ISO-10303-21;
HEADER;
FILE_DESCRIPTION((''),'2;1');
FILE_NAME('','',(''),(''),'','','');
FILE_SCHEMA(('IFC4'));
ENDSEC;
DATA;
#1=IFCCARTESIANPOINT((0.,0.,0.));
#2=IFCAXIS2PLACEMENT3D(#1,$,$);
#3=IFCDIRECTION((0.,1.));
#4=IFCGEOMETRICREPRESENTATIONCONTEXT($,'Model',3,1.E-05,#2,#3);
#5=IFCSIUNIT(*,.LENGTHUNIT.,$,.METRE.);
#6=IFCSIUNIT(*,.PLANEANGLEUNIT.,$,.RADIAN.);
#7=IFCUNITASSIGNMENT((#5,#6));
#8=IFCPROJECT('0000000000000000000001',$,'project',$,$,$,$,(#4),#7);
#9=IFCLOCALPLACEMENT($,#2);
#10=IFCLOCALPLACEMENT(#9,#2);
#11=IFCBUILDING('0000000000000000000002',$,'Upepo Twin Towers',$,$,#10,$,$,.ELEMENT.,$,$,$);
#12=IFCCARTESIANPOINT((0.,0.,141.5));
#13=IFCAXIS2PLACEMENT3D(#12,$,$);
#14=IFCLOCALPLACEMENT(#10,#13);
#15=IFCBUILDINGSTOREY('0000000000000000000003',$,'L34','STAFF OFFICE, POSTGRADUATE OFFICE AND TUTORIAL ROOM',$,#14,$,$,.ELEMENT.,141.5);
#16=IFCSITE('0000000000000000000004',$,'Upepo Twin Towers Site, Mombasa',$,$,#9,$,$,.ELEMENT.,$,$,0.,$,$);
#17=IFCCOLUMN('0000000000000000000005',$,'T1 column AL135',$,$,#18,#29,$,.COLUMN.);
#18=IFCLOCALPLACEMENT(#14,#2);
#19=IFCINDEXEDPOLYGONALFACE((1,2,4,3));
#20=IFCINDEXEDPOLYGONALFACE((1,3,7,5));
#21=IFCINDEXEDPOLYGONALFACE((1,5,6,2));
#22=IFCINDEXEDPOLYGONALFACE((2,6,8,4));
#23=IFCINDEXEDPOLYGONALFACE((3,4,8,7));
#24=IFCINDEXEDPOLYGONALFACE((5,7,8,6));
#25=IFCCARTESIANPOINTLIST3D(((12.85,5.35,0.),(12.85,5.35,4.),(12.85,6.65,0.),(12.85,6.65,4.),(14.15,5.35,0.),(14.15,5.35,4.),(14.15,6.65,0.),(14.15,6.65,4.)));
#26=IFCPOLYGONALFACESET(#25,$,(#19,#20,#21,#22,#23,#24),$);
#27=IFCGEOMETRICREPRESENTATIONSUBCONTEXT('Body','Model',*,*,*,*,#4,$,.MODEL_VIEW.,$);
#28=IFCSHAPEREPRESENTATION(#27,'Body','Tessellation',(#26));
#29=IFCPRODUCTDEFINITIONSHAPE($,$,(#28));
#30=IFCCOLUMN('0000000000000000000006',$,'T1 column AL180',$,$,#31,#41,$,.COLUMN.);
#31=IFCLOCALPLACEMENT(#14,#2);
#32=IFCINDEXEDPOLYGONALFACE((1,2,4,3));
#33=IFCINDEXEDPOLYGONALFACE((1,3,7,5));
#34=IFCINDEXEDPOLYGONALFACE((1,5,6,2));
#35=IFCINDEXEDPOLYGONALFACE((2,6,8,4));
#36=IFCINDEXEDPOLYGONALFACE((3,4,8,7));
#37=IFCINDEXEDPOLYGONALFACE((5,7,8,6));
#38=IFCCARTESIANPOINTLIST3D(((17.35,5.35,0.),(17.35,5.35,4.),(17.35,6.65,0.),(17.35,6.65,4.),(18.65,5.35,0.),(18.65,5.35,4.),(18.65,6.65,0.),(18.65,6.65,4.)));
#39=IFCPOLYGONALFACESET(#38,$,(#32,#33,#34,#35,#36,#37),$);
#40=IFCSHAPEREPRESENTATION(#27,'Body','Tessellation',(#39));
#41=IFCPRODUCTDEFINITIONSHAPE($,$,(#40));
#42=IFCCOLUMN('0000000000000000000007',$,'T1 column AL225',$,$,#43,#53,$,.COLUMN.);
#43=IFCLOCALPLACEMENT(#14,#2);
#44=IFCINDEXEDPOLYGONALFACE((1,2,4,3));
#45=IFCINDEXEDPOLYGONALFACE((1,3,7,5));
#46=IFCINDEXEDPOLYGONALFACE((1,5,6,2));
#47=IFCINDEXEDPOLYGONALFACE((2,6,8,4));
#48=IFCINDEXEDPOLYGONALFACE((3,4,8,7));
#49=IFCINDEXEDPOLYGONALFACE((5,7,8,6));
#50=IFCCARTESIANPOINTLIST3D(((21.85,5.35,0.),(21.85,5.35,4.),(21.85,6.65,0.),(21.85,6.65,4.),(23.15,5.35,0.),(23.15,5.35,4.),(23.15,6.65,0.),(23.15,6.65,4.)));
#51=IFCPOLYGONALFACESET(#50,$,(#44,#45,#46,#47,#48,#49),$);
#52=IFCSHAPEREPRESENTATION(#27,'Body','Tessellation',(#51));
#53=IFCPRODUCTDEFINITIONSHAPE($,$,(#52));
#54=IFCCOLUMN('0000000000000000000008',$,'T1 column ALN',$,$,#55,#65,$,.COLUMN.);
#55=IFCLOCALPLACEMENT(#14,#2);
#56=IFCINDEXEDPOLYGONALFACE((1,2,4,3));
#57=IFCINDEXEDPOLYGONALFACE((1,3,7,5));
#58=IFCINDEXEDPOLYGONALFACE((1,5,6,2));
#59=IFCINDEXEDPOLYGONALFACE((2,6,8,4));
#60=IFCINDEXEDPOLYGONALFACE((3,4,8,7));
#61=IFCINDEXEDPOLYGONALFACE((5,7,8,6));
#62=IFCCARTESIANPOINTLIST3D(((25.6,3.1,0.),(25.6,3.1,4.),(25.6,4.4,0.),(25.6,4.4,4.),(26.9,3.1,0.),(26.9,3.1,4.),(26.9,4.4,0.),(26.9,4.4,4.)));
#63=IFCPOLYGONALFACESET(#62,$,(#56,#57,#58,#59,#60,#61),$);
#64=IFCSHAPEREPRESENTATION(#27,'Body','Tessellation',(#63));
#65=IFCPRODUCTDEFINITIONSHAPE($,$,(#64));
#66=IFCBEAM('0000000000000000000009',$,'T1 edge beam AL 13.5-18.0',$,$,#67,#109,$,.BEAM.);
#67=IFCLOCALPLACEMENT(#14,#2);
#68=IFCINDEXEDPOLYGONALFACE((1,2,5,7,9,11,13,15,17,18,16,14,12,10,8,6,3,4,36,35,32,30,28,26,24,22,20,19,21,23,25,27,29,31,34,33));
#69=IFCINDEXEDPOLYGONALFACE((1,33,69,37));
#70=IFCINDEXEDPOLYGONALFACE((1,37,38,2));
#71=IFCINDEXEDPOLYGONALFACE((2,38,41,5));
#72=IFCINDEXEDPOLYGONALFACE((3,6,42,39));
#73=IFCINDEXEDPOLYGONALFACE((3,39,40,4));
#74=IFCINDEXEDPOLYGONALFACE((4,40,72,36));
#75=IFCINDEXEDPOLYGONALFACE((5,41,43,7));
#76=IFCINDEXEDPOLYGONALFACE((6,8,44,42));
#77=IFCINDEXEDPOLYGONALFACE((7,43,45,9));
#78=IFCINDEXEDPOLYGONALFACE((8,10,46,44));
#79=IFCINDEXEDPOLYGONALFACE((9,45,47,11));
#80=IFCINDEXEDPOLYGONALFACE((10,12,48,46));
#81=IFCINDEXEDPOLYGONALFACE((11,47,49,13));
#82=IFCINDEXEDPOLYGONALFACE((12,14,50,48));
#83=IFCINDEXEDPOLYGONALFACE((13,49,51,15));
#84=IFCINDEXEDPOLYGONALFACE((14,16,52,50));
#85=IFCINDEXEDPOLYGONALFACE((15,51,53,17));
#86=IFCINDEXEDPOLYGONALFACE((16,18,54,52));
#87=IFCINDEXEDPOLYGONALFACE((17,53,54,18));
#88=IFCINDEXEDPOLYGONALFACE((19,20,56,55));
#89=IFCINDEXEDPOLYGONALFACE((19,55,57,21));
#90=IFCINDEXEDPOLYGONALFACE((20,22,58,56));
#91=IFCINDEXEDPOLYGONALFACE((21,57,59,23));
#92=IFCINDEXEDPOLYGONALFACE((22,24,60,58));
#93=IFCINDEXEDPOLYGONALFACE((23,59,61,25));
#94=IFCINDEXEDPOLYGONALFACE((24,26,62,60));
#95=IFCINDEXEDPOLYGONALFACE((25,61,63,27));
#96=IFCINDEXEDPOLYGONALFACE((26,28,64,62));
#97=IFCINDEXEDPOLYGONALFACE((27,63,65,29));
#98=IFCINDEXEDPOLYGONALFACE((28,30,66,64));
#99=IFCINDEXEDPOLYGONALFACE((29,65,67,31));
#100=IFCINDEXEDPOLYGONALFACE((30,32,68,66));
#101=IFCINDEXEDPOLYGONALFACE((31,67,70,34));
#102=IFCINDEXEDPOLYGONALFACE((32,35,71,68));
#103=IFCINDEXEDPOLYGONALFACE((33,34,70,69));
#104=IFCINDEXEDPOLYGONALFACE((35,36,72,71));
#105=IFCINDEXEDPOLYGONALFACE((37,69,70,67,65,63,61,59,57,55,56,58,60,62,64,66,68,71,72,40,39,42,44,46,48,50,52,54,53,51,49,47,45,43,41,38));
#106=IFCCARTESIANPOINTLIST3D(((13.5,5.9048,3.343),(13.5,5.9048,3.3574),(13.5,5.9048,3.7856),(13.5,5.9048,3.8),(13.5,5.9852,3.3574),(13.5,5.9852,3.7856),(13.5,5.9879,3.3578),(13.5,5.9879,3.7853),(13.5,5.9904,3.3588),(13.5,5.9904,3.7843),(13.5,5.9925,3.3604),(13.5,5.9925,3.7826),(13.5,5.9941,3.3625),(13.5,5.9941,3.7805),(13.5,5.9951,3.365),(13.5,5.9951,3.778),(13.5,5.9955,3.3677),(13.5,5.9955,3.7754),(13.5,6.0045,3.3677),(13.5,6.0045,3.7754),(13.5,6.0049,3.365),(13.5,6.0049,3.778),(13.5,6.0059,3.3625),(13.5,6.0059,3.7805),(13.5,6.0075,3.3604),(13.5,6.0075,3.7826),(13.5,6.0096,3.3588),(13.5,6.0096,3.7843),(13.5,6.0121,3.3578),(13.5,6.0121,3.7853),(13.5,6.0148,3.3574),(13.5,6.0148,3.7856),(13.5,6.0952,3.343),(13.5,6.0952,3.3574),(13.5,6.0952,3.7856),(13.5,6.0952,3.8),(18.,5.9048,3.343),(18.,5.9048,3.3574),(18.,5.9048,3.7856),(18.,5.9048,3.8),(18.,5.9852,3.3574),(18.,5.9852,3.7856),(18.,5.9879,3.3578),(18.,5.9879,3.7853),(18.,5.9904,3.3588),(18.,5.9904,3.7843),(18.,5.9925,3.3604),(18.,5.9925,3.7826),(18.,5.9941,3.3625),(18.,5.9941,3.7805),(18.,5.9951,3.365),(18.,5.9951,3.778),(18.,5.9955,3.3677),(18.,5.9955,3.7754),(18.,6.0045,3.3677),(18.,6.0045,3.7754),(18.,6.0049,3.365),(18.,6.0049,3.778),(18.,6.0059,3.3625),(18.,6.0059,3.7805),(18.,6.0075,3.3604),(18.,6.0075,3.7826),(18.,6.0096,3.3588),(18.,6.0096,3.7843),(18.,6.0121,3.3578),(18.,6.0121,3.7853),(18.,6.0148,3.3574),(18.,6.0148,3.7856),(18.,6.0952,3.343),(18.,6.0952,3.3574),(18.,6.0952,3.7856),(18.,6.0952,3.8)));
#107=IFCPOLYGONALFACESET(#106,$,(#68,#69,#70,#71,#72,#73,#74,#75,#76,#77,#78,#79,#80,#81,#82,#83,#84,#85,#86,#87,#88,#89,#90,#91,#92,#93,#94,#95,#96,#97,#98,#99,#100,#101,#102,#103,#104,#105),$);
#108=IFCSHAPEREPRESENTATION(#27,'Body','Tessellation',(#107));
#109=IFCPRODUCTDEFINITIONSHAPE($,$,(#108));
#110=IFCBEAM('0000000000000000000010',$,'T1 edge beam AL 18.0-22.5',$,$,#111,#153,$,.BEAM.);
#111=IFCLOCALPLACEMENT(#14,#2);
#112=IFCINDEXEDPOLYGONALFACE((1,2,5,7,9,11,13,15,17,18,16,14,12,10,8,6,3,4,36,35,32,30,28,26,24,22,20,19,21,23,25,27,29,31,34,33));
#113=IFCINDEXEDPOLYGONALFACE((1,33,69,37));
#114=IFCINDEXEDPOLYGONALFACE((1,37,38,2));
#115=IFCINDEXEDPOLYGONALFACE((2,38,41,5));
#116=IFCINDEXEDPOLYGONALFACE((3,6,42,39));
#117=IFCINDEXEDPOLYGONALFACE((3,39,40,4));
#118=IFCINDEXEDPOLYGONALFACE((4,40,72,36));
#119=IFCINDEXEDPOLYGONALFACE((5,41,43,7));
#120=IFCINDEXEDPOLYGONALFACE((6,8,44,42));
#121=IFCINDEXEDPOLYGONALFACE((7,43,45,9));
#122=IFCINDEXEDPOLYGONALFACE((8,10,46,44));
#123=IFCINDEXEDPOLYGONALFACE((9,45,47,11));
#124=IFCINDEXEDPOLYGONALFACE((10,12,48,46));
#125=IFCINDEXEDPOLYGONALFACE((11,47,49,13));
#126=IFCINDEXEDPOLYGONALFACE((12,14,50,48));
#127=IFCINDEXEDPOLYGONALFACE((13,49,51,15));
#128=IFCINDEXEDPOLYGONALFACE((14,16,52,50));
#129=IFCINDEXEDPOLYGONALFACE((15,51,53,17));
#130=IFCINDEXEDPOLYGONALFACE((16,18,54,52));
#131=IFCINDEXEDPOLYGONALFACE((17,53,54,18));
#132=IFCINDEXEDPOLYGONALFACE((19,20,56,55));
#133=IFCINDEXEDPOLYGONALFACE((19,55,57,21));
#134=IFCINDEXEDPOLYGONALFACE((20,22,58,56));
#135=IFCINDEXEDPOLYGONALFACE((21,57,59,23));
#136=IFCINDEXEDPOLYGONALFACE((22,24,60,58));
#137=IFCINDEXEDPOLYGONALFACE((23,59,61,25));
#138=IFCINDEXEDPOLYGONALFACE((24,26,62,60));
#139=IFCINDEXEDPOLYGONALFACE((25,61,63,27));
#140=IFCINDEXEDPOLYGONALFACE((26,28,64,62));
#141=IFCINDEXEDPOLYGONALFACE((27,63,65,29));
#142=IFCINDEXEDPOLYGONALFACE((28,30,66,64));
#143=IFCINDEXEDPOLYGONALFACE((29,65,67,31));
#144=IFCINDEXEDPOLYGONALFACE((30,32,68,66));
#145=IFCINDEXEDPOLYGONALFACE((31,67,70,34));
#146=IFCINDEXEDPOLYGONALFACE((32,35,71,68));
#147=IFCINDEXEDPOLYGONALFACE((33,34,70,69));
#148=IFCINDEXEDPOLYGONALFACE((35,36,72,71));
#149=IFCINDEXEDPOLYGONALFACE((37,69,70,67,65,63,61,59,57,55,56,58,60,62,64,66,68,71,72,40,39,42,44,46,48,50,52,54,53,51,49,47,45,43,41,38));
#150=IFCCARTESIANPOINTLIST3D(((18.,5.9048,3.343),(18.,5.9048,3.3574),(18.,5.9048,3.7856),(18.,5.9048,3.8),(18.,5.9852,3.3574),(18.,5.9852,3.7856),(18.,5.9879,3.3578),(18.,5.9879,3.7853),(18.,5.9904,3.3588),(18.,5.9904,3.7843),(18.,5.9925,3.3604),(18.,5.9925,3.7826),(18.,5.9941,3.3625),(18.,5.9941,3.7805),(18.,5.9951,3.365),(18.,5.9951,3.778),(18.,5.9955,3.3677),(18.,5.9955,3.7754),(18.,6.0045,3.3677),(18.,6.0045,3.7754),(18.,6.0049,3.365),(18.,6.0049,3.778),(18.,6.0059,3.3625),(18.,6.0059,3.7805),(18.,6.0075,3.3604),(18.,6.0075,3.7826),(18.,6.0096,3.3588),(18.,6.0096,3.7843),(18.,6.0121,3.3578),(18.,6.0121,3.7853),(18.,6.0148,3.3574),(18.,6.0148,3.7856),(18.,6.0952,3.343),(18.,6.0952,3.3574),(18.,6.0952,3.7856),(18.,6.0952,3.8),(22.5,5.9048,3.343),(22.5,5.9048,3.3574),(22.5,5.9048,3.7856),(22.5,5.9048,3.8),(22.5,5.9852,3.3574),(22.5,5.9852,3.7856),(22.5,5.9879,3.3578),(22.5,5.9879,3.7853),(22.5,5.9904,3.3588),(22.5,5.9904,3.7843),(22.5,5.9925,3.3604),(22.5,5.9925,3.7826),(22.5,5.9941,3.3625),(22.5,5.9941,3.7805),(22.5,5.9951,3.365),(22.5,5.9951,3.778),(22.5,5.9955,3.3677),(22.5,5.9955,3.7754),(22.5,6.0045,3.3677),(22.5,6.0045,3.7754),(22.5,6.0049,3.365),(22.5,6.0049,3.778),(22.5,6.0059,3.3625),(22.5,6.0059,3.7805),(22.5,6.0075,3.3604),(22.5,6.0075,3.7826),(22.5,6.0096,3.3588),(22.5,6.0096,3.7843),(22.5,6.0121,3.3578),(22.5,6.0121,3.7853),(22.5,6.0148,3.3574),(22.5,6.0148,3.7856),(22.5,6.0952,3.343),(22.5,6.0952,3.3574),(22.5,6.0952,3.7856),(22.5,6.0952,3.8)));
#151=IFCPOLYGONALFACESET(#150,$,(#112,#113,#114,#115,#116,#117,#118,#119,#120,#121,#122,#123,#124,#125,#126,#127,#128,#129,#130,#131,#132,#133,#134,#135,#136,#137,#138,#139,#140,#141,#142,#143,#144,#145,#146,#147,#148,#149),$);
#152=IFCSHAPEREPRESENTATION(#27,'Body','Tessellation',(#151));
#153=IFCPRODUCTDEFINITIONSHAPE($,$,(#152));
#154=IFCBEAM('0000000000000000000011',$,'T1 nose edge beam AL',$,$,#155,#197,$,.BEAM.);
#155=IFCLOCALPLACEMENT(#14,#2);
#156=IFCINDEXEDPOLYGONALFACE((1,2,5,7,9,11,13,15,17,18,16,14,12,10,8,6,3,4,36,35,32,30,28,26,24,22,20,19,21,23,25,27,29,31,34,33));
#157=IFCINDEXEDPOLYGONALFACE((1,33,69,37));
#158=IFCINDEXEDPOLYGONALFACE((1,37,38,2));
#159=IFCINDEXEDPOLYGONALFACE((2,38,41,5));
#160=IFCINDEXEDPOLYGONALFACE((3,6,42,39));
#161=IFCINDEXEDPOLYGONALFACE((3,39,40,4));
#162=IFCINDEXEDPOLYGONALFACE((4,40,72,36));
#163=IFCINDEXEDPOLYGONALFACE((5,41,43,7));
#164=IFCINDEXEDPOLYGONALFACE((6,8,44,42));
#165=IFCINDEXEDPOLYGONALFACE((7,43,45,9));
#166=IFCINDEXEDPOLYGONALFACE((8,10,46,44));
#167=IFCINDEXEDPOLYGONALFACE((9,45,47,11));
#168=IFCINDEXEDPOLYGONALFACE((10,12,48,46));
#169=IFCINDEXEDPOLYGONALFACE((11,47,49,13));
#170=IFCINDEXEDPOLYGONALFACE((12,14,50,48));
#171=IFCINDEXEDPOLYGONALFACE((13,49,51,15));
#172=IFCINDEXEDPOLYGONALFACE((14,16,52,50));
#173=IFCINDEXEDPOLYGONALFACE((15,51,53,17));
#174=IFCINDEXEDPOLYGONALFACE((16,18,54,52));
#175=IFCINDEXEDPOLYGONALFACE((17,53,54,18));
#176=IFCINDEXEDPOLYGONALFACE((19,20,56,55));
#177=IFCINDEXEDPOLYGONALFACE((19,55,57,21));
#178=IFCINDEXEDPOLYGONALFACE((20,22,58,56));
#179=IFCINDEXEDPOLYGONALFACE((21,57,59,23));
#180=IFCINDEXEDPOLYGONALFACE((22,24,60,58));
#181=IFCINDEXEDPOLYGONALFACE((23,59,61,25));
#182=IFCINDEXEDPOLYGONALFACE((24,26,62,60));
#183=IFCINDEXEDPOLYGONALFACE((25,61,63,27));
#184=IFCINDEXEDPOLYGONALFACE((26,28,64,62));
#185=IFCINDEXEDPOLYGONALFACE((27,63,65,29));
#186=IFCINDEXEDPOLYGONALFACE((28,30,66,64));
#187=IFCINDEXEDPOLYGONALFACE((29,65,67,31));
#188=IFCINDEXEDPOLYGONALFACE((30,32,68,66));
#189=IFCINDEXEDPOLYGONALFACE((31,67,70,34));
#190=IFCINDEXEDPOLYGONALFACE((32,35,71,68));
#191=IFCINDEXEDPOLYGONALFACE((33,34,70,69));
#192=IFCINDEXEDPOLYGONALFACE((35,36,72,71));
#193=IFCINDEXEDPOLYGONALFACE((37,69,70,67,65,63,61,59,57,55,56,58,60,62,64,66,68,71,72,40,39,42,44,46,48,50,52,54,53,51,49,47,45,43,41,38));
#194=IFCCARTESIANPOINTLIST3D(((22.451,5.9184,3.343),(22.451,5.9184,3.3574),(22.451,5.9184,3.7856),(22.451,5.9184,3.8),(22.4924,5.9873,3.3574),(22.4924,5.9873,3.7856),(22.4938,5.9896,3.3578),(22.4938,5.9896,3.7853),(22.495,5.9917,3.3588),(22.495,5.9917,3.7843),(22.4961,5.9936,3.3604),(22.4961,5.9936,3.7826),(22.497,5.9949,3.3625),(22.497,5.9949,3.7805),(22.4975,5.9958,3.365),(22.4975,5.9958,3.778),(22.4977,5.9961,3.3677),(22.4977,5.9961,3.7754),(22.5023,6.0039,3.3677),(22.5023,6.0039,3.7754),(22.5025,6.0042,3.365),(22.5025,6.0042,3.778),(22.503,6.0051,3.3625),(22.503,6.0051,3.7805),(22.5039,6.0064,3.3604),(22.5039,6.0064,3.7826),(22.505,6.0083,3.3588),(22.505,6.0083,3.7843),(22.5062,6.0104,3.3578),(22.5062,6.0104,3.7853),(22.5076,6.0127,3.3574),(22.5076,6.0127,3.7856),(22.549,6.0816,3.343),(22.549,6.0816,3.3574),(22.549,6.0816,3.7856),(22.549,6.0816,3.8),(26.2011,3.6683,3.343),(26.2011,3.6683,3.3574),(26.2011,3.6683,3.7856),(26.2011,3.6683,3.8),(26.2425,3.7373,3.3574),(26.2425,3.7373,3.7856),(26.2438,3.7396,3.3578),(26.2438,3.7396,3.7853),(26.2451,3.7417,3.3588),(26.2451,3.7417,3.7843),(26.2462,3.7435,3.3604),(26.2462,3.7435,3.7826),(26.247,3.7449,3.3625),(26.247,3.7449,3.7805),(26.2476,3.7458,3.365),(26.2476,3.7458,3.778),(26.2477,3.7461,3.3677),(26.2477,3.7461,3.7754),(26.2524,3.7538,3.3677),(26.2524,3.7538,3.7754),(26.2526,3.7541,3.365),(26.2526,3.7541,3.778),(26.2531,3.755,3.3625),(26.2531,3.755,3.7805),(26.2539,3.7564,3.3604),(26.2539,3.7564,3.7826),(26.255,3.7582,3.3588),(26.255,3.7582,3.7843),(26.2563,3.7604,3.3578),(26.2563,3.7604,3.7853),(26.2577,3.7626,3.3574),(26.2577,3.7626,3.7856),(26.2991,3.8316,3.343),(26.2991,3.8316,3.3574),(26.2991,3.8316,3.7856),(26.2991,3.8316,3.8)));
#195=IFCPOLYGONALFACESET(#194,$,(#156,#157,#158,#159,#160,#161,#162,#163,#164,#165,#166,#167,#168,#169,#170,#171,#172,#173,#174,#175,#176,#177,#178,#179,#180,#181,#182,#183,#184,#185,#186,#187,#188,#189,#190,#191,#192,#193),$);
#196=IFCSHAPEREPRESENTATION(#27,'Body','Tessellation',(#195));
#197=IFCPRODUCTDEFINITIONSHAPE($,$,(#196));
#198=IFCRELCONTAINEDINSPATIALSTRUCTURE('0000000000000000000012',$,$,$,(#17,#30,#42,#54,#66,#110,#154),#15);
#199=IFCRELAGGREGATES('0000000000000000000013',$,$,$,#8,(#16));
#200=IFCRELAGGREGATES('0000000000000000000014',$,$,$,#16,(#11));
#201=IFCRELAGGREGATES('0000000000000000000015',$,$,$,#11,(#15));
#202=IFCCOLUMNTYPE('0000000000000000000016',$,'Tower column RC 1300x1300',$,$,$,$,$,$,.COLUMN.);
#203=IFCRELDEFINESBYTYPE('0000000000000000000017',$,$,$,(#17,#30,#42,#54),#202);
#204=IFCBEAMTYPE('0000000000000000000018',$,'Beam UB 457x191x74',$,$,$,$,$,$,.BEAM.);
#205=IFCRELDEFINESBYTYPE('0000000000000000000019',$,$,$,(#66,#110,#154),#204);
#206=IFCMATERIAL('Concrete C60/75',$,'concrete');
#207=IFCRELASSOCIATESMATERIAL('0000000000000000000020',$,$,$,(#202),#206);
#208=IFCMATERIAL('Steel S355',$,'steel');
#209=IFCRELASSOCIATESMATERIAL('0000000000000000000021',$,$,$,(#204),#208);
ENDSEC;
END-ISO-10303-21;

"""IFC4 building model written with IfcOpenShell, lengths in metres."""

from ifc_helpers import new_model, si_unit, direction, frame, origin, origin_2d, place, context, subcontext, project, spatial, rectangle, i_section, extrude, material, material_profile, profile_set, type_object, element, save


model = new_model("IFC4")

# Units and contexts
model_context = context("Model", 3, precision=1e-05, world=origin(), true_north=direction((0.0, 1.0)))
body_context = subcontext(model_context, "Body", "Model", "MODEL_VIEW")
ifc_project = project(units=[si_unit("LENGTHUNIT", "METRE"), si_unit("PLANEANGLEUNIT", "RADIAN")], contexts=[model_context])

# Site, building, storey
site_placement = place(None, origin())
site = spatial("IfcSite", under=ifc_project, at=site_placement, Name="Upepo Twin Towers Site, Mombasa", CompositionType="ELEMENT", RefElevation=0.0)
building_placement = place(site_placement, origin())
building = spatial("IfcBuilding", under=site, at=building_placement, Name="Upepo Twin Towers", CompositionType="ELEMENT")
storey_placement = place(building_placement, frame((0.0, 0.0, 141.5)))
storey = spatial("IfcBuildingStorey", under=building, at=storey_placement, Name="L34", Description="STAFF OFFICE, POSTGRADUATE OFFICE AND TUTORIAL ROOM", CompositionType="ELEMENT", Elevation=141.5)

# Columns
ifc_material_1 = material(Name="Concrete C60/75", Category="concrete")
ifc_material_profile_1 = material_profile(ifc_material_1, rectangle(XDim=1.3, YDim=1.3, at=origin_2d()), Name="RC 1300x1300")
ifc_profile_set_1 = profile_set([ifc_material_profile_1], Name="Concrete C60/75")
column_type = type_object("IfcColumnType", Name="Tower column RC 1300x1300", PredefinedType="COLUMN", material=ifc_profile_set_1)
for number, where, z_axis, x_axis, name in (
    (1, (13.5, 6.0, 0.0), (0.0, 0.0, 1.0), (1.0, 0.0, 0.0), "T1 column AL135"),
    (2, (18.0, 6.0, 0.0), (0.0, 0.0, 1.0), (1.0, 0.0, 0.0), "T1 column AL180"),
    (3, (22.5, 6.0, 0.0), (0.0, 0.0, 1.0), (1.0, 0.0, 0.0), "T1 column AL225"),
    (4, (26.25, 3.75, 0.0), (0.0, 0.0, 1.0), (1.0, 0.0, 0.0), "T1 column ALN"),
):
    element("IfcColumn", number, at=place(storey_placement, frame(where, z_axis=z_axis, x_axis=x_axis)), inside=storey, type_object=column_type, Name=name, PredefinedType="COLUMN", context=body_context, shape_type="SweptSolid", body=[
        extrude(rectangle(XDim=1.3, YDim=1.3, at=origin_2d()), origin(), (0.0, 0.0, 1.0), 4.0),
    ])

# Beams
ifc_material_2 = material(Name="Steel S355", Category="steel")
ifc_material_profile_2 = material_profile(ifc_material_2, i_section(OverallWidth=0.1904, OverallDepth=0.457, WebThickness=0.009, FlangeThickness=0.0144, FilletRadius=0.0103, at=origin_2d()), Name="UB 457x191x74")
ifc_profile_set_2 = profile_set([ifc_material_profile_2], Name="Steel S355")
beam_type_1 = type_object("IfcBeamType", Name="Beam UB 457x191x74", PredefinedType="BEAM", material=ifc_profile_set_2)
for number, where, z_axis, x_axis, name in (
    (5, (13.5, 6.0, 3.5715), (1.0, 0.0, 0.0), (0.0, 1.0, 0.0), "T1 edge beam AL 13.5-18.0"),
    (6, (18.0, 6.0, 3.5715), (1.0, 0.0, 0.0), (0.0, 1.0, 0.0), "T1 edge beam AL 18.0-22.5"),
):
    element("IfcBeam", number, at=place(storey_placement, frame(where, z_axis=z_axis, x_axis=x_axis)), inside=storey, type_object=beam_type_1, Name=name, PredefinedType="BEAM", context=body_context, shape_type="SweptSolid", body=[
        extrude(i_section(OverallWidth=0.1904, OverallDepth=0.457, WebThickness=0.009, FlangeThickness=0.0144, FilletRadius=0.0103, at=origin_2d()), origin(), (0.0, 0.0, 1.0), 4.5),
    ])
beam_1_placement = place(storey_placement, frame((22.5, 6.0, 3.5715), z_axis=(0.857493, -0.514496, 0.0), x_axis=(0.514496, 0.857493, 0.0)))
element("IfcBeam", 7, at=beam_1_placement, inside=storey, type_object=beam_type_1, Name="T1 nose edge beam AL", PredefinedType="BEAM", context=body_context, shape_type="SweptSolid", body=[
    extrude(i_section(OverallWidth=0.1904, OverallDepth=0.457, WebThickness=0.009, FlangeThickness=0.0144, FilletRadius=0.0103, at=origin_2d()), origin(), (0.0, 0.0, 1.0), 4.3733),
])

save(model, "model.ifc")
